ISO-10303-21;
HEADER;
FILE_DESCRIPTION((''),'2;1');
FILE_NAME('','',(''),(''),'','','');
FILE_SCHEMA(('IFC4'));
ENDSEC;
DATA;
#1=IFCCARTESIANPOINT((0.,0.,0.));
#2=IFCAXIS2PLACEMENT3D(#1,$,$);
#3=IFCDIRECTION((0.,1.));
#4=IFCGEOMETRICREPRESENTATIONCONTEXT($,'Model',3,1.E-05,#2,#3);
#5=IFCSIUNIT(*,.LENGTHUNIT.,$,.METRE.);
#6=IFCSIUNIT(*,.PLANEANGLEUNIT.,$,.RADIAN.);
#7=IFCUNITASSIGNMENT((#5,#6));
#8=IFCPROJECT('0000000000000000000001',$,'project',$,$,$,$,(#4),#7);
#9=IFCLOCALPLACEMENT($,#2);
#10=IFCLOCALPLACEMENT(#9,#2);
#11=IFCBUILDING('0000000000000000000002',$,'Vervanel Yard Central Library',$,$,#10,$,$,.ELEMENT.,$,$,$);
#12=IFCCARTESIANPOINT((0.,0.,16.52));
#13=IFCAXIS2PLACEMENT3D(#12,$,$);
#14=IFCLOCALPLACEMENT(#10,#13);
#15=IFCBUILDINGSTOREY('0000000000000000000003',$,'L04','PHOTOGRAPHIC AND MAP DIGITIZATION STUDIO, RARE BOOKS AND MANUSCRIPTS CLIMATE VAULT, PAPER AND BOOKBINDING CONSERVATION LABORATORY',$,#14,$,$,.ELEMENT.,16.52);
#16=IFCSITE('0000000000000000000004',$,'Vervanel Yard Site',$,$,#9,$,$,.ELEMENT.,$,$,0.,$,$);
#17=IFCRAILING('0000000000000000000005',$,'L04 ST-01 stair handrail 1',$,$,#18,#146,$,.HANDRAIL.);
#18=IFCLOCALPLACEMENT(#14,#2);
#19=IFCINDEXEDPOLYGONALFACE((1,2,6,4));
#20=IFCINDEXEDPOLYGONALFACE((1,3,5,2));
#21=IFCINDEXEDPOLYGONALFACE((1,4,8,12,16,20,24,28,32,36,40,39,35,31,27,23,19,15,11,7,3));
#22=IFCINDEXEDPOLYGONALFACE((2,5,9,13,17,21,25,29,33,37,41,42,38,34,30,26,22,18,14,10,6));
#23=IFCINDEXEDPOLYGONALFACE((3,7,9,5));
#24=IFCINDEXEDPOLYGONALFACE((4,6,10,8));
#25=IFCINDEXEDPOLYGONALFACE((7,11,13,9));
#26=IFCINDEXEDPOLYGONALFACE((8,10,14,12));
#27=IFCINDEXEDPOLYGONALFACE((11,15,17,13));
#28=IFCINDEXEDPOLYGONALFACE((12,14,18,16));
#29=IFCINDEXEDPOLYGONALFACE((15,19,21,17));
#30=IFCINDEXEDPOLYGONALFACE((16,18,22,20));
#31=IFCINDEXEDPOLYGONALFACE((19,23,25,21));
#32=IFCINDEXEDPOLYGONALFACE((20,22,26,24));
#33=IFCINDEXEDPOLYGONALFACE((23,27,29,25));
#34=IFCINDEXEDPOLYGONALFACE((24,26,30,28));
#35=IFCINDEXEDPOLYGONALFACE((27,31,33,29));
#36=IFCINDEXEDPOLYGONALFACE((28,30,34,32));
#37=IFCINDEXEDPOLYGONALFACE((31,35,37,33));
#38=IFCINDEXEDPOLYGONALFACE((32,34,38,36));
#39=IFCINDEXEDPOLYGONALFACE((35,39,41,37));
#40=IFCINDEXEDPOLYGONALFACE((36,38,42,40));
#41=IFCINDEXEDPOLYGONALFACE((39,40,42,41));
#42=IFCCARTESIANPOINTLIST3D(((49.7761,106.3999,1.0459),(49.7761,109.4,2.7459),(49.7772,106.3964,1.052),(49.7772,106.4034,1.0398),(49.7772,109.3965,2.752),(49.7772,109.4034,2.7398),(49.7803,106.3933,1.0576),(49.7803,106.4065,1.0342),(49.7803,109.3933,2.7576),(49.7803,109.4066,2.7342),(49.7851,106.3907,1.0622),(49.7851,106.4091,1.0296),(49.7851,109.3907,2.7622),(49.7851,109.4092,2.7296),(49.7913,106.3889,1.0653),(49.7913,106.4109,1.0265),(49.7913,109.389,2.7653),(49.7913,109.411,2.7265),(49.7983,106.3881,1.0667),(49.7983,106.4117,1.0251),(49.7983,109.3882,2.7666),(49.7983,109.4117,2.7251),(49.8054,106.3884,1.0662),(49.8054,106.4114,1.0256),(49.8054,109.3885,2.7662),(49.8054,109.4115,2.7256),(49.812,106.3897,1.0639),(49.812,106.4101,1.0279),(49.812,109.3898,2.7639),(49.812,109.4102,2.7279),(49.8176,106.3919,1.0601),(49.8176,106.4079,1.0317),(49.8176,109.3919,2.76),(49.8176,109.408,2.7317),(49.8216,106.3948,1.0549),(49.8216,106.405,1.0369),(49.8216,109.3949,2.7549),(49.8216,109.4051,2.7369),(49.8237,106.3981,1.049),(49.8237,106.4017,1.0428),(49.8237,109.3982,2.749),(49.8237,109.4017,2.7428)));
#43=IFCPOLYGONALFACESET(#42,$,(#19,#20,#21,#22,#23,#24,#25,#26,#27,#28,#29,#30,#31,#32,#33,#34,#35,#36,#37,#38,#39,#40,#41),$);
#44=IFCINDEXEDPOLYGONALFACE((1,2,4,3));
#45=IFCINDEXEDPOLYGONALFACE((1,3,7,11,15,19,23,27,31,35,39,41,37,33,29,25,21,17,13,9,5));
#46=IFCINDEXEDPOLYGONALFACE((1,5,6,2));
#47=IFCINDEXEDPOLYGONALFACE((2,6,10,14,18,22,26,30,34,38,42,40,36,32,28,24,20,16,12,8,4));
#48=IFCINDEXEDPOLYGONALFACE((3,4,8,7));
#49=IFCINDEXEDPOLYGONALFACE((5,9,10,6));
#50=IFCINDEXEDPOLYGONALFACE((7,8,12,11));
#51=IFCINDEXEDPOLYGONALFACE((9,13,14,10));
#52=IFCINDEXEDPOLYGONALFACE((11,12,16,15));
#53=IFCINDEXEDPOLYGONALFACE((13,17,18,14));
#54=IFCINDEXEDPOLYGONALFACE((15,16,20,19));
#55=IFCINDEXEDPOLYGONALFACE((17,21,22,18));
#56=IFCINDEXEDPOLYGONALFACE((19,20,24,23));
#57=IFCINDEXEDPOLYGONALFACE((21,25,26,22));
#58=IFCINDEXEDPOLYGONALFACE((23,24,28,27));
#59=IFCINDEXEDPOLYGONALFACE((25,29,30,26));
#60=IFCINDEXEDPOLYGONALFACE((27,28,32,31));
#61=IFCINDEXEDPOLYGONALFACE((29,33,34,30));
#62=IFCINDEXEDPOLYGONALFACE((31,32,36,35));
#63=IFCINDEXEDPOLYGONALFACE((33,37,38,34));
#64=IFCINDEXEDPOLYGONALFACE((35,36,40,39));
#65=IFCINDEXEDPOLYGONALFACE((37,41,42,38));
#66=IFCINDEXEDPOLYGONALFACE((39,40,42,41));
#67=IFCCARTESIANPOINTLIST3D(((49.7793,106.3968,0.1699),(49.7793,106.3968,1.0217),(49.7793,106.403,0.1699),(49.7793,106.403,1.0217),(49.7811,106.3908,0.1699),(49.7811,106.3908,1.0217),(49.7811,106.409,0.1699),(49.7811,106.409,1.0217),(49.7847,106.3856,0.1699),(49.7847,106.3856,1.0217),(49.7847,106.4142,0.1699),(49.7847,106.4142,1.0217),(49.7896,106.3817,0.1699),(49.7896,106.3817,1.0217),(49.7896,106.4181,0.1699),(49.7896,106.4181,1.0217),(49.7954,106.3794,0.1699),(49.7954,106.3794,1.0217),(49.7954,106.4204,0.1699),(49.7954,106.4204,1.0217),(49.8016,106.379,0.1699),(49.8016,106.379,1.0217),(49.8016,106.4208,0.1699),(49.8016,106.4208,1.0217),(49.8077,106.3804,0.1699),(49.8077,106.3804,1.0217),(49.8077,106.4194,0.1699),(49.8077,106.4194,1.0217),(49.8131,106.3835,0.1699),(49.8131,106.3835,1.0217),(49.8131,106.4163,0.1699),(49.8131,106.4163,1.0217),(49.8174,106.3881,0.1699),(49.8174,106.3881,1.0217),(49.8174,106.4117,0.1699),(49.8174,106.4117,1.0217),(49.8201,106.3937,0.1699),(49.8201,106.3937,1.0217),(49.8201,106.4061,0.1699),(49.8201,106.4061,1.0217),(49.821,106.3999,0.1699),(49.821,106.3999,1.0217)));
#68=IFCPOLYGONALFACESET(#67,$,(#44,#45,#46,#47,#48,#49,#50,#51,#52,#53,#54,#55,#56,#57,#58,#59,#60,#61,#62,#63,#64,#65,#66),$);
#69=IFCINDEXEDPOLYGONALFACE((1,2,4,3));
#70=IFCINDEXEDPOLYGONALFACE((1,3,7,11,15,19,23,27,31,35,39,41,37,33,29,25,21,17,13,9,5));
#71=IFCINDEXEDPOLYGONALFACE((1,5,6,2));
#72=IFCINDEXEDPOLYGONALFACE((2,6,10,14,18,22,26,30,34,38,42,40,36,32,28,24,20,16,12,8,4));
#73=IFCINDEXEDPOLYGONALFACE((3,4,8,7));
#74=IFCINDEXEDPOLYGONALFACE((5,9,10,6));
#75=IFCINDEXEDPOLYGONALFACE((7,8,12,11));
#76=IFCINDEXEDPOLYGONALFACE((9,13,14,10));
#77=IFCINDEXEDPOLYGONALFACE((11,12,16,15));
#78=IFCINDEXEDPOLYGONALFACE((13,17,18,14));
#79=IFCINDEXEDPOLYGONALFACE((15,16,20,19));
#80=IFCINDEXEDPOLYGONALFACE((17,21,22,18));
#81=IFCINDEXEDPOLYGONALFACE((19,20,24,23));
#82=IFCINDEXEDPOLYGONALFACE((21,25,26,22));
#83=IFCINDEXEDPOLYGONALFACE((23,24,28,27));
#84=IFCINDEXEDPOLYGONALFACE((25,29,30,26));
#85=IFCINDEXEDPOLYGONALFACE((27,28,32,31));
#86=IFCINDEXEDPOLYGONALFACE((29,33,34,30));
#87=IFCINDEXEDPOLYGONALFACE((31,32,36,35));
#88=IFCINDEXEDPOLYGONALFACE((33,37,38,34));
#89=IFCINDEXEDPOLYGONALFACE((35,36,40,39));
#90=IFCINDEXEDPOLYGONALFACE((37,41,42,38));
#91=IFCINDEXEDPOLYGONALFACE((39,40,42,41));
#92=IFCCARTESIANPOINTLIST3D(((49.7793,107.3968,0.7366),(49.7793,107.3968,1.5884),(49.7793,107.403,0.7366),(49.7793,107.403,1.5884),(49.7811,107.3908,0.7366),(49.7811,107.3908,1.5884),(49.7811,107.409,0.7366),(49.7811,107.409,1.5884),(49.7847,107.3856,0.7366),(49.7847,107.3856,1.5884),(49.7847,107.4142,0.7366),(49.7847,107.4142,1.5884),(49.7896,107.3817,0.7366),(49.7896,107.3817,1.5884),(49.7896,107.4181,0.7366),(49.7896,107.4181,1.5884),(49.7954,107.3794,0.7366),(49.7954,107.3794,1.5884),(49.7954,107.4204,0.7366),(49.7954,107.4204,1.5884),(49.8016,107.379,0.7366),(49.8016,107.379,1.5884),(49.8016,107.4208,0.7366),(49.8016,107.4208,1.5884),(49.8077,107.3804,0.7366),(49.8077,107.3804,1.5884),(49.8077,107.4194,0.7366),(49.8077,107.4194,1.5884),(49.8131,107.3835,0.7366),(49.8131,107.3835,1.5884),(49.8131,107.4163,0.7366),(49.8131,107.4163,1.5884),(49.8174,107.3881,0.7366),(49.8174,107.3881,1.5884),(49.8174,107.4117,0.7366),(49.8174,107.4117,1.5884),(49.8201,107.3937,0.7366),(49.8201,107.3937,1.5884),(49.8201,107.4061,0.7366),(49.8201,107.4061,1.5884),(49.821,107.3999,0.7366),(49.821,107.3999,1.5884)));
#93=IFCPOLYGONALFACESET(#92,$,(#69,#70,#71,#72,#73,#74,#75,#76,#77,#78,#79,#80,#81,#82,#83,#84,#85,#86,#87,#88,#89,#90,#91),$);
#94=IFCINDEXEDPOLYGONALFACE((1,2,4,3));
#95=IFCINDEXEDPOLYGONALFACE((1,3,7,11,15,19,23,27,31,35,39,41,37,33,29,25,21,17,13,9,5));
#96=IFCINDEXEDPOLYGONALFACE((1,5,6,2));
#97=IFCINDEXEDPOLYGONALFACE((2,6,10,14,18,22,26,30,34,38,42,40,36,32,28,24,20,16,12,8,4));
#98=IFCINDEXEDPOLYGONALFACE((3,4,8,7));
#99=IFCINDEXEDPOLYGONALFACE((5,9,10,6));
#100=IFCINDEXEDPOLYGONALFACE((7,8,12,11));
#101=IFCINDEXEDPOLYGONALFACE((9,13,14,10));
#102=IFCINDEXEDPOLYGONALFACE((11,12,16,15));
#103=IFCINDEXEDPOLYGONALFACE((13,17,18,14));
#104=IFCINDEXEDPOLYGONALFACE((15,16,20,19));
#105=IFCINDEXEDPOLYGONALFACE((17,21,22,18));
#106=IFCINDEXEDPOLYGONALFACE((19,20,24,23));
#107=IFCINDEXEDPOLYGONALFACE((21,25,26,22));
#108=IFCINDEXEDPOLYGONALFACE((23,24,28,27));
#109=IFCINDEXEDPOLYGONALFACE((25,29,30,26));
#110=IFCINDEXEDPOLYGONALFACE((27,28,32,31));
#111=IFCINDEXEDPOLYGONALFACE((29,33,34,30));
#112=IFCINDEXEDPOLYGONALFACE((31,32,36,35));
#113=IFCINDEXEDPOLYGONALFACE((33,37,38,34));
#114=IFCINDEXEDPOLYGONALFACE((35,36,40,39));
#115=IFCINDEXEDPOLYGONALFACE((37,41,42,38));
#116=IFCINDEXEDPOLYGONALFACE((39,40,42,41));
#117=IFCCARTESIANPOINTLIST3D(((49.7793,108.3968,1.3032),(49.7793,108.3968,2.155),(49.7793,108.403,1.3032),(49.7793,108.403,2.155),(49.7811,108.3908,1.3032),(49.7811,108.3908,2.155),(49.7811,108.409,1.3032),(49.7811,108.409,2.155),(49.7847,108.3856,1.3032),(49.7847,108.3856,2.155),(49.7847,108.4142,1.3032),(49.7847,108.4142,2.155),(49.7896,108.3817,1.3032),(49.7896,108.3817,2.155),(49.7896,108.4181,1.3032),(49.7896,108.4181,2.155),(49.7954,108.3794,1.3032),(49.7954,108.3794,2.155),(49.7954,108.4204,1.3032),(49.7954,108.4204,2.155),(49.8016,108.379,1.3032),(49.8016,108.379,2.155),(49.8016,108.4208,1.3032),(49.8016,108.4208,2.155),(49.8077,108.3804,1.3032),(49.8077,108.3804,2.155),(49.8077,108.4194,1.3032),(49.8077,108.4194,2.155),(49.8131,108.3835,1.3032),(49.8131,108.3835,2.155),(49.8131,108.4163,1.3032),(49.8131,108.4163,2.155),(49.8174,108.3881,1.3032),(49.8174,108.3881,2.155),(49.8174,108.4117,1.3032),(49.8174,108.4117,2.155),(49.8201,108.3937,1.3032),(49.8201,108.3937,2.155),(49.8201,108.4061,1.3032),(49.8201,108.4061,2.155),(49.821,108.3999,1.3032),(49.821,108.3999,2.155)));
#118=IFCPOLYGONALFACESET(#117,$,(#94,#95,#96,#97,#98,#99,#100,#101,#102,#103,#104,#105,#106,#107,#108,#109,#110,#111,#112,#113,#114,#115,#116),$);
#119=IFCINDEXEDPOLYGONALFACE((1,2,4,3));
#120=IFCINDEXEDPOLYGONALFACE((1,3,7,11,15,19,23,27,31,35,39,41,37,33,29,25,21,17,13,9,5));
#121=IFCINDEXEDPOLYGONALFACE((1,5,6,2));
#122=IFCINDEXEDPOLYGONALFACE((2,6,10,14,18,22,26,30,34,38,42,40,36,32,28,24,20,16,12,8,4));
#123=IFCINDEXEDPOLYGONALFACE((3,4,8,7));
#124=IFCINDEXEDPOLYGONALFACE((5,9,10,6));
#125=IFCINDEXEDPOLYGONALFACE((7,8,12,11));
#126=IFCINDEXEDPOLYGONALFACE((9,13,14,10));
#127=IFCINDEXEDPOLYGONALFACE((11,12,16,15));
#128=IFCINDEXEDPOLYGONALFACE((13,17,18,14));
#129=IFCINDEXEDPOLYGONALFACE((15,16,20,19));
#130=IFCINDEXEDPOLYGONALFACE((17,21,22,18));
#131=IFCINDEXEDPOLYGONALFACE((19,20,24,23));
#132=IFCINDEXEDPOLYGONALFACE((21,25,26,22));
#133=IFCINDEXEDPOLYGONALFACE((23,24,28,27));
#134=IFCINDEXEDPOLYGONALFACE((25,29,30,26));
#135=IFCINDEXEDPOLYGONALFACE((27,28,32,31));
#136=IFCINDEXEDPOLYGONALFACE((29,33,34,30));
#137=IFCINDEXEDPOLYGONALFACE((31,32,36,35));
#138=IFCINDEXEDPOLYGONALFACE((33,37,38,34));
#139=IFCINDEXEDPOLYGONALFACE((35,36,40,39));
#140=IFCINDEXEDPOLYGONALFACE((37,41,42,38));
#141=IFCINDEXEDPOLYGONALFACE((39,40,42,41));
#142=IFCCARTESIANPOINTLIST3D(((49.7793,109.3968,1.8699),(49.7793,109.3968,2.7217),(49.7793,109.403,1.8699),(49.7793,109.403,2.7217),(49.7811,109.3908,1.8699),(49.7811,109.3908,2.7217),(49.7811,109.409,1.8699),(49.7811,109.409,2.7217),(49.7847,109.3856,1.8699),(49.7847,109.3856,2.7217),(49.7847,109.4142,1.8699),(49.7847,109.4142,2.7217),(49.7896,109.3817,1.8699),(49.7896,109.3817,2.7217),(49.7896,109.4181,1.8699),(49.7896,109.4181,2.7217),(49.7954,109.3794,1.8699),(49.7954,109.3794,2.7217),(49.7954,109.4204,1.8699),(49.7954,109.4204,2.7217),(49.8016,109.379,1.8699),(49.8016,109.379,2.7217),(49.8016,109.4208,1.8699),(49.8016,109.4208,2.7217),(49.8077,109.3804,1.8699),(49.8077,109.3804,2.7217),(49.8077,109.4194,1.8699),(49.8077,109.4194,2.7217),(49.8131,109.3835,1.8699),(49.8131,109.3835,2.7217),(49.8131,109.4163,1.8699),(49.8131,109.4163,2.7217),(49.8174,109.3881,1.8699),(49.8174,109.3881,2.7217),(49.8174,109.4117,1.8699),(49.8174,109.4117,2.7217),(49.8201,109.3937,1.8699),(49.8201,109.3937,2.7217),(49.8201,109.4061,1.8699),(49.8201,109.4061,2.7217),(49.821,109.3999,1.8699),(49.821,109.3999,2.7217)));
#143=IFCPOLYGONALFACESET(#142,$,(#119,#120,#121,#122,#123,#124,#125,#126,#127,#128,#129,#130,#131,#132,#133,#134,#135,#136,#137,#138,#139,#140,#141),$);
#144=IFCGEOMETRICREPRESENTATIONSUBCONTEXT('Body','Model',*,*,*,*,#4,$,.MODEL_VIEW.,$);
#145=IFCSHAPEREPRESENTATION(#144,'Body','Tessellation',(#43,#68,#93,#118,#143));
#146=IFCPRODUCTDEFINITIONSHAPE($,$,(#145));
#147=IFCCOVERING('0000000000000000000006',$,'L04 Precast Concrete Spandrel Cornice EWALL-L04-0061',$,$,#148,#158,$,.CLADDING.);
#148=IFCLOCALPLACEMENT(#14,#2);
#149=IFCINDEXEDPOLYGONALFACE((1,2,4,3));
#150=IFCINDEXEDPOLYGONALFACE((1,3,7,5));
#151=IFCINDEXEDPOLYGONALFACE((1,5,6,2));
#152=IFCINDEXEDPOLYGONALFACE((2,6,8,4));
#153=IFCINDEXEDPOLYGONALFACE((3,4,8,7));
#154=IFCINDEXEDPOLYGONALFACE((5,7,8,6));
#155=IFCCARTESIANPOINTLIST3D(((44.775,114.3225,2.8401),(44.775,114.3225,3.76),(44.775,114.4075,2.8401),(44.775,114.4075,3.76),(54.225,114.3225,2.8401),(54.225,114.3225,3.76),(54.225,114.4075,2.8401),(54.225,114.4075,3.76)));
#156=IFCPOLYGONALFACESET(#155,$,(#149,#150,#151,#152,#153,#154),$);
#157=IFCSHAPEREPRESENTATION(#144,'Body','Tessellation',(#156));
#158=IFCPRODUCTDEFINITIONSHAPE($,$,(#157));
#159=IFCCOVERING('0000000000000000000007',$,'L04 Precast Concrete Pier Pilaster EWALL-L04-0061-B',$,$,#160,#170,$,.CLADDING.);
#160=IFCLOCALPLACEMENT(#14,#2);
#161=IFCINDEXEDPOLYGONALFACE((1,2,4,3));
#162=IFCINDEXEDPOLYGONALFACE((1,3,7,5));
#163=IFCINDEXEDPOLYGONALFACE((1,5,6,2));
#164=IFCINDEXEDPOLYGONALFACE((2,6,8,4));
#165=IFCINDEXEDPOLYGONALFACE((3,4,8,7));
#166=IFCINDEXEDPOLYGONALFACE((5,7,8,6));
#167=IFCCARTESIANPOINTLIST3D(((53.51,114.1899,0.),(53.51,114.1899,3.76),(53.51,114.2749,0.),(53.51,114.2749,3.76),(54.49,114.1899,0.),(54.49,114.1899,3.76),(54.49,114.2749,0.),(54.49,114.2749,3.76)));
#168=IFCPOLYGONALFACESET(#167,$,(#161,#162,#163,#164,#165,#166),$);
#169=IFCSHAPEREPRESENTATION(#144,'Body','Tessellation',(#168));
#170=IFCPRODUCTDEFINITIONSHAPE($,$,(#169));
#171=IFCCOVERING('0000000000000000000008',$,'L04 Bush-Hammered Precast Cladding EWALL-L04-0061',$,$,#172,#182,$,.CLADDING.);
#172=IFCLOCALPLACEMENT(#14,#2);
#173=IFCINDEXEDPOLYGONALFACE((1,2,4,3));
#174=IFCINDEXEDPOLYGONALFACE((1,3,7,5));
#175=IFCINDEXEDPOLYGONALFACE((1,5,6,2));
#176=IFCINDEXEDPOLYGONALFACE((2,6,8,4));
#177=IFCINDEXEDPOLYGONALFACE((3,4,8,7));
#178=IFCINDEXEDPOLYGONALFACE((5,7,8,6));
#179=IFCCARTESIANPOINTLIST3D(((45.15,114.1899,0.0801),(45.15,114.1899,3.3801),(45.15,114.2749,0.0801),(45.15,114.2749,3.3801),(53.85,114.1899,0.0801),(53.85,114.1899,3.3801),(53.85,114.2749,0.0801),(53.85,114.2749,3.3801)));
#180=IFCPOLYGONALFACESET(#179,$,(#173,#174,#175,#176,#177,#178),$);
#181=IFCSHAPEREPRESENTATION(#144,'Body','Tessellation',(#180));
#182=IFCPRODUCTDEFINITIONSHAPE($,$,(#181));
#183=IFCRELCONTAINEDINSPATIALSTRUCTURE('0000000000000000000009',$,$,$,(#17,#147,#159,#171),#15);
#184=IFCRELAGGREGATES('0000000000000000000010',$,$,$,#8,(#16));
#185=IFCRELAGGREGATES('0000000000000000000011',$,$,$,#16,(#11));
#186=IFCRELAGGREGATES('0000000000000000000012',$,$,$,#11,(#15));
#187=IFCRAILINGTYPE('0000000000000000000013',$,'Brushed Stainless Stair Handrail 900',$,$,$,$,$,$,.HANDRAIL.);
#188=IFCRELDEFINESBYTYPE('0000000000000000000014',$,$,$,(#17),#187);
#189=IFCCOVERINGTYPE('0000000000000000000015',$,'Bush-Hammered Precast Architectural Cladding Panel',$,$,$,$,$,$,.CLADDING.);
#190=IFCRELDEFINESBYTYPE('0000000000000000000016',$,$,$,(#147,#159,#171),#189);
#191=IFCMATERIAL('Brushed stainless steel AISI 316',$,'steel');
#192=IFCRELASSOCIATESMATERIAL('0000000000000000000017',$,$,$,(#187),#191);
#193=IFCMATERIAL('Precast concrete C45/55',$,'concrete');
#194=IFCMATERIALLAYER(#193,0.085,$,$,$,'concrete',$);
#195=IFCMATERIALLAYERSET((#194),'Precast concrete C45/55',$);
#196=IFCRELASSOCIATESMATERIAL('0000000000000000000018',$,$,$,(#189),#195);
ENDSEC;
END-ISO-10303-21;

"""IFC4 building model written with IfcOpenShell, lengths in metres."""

from ifc_helpers import new_model, si_unit, direction, frame, origin, origin_2d, place, context, subcontext, project, spatial, rectangle, circle, extrude, material, layer, layer_set, type_object, element, save


model = new_model("IFC4")

# Units and contexts
model_context = context("Model", 3, precision=1e-05, world=origin(), true_north=direction((0.0, 1.0)))
body_context = subcontext(model_context, "Body", "Model", "MODEL_VIEW")
ifc_project = project(units=[si_unit("LENGTHUNIT", "METRE"), si_unit("PLANEANGLEUNIT", "RADIAN")], contexts=[model_context])

# Site, building, storey
site_placement = place(None, origin())
site = spatial("IfcSite", under=ifc_project, at=site_placement, Name="Vervanel Yard Site", CompositionType="ELEMENT", RefElevation=0.0)
building_placement = place(site_placement, origin())
building = spatial("IfcBuilding", under=site, at=building_placement, Name="Vervanel Yard Central Library", CompositionType="ELEMENT")
storey_placement = place(building_placement, frame((0.0, 0.0, 16.52)))
storey = spatial("IfcBuildingStorey", under=building, at=storey_placement, Name="L04", Description="PHOTOGRAPHIC AND MAP DIGITIZATION STUDIO, RARE BOOKS AND MANUSCRIPTS CLIMATE VAULT, PAPER AND BOOKBINDING CONSERVATION LABORATORY", CompositionType="ELEMENT", Elevation=16.52)

# Shared definitions
ifc_material_1 = material(Name="Brushed stainless steel AISI 316", Category="steel")

# Railing
railing_type_1 = type_object("IfcRailingType", Name="Brushed Stainless Stair Handrail 900", PredefinedType="HANDRAIL", material=ifc_material_1)
railing_1_placement = place(storey_placement, frame((49.8, 106.3999, 0.1699)))
element("IfcRailing", 1, at=railing_1_placement, inside=storey, type_object=railing_type_1, Name="L04 ST-01 stair handrail 1", PredefinedType="HANDRAIL", context=body_context, shape_type="SweptSolid", body=[
    extrude(circle(Radius=0.0239, at=origin_2d()), frame((0.0, 0.0, 0.876), z_axis=(0.0, 0.870028, 0.493002), x_axis=(-1.0, 0.0, 0.0)), (0.0, 0.0, 1.0), 3.4482),
    extrude(circle(Radius=0.021, at=origin_2d()), origin(), (0.0, 0.0, 1.0), 0.8518),
    extrude(circle(Radius=0.021, at=origin_2d()), frame((0.0, 1.0, 0.5667)), (0.0, 0.0, 1.0), 0.8518),
    extrude(circle(Radius=0.021, at=origin_2d()), frame((0.0, 2.0, 1.1333)), (0.0, 0.0, 1.0), 0.8518),
    extrude(circle(Radius=0.021, at=origin_2d()), frame((0.0, 3.0, 1.7)), (0.0, 0.0, 1.0), 0.8518),
])

# Coverings
ifc_material_2 = material(Name="Precast concrete C45/55", Category="concrete")
ifc_layer_1 = layer(ifc_material_2, 0.085, Category="concrete")
ifc_layer_set_1 = layer_set([ifc_layer_1], Name="Precast concrete C45/55")
covering_type = type_object("IfcCoveringType", Name="Bush-Hammered Precast Architectural Cladding Panel", PredefinedType="CLADDING", material=ifc_layer_set_1)
covering_1_placement = place(storey_placement, frame((49.5, 114.365, 2.8401), z_axis=(0.0, 0.0, 1.0), x_axis=(1.0, 0.0, 0.0)))
element("IfcCovering", 2, at=covering_1_placement, inside=storey, type_object=covering_type, Name="L04 Precast Concrete Spandrel Cornice EWALL-L04-0061", PredefinedType="CLADDING", context=body_context, shape_type="SweptSolid", body=[
    extrude(rectangle(XDim=9.45, YDim=0.085, at=origin_2d()), origin(), (0.0, 0.0, 1.0), 0.9199),
])
covering_2_placement = place(storey_placement, frame((54.0, 114.2324, 0.0), z_axis=(0.0, 0.0, 1.0), x_axis=(1.0, 0.0, 0.0)))
element("IfcCovering", 3, at=covering_2_placement, inside=storey, type_object=covering_type, Name="L04 Precast Concrete Pier Pilaster EWALL-L04-0061-B", PredefinedType="CLADDING", context=body_context, shape_type="SweptSolid", body=[
    extrude(rectangle(XDim=0.98, YDim=0.085, at=origin_2d()), origin(), (0.0, 0.0, 1.0), 3.76),
])
covering_3_placement = place(storey_placement, frame((49.5, 114.2324, 0.0801), z_axis=(0.0, 0.0, 1.0), x_axis=(1.0, 0.0, 0.0)))
element("IfcCovering", 4, at=covering_3_placement, inside=storey, type_object=covering_type, Name="L04 Bush-Hammered Precast Cladding EWALL-L04-0061", PredefinedType="CLADDING", context=body_context, shape_type="SweptSolid", body=[
    extrude(rectangle(XDim=8.7, YDim=0.085, at=origin_2d()), origin(), (0.0, 0.0, 1.0), 3.3),
])

save(model, "model.ifc")
